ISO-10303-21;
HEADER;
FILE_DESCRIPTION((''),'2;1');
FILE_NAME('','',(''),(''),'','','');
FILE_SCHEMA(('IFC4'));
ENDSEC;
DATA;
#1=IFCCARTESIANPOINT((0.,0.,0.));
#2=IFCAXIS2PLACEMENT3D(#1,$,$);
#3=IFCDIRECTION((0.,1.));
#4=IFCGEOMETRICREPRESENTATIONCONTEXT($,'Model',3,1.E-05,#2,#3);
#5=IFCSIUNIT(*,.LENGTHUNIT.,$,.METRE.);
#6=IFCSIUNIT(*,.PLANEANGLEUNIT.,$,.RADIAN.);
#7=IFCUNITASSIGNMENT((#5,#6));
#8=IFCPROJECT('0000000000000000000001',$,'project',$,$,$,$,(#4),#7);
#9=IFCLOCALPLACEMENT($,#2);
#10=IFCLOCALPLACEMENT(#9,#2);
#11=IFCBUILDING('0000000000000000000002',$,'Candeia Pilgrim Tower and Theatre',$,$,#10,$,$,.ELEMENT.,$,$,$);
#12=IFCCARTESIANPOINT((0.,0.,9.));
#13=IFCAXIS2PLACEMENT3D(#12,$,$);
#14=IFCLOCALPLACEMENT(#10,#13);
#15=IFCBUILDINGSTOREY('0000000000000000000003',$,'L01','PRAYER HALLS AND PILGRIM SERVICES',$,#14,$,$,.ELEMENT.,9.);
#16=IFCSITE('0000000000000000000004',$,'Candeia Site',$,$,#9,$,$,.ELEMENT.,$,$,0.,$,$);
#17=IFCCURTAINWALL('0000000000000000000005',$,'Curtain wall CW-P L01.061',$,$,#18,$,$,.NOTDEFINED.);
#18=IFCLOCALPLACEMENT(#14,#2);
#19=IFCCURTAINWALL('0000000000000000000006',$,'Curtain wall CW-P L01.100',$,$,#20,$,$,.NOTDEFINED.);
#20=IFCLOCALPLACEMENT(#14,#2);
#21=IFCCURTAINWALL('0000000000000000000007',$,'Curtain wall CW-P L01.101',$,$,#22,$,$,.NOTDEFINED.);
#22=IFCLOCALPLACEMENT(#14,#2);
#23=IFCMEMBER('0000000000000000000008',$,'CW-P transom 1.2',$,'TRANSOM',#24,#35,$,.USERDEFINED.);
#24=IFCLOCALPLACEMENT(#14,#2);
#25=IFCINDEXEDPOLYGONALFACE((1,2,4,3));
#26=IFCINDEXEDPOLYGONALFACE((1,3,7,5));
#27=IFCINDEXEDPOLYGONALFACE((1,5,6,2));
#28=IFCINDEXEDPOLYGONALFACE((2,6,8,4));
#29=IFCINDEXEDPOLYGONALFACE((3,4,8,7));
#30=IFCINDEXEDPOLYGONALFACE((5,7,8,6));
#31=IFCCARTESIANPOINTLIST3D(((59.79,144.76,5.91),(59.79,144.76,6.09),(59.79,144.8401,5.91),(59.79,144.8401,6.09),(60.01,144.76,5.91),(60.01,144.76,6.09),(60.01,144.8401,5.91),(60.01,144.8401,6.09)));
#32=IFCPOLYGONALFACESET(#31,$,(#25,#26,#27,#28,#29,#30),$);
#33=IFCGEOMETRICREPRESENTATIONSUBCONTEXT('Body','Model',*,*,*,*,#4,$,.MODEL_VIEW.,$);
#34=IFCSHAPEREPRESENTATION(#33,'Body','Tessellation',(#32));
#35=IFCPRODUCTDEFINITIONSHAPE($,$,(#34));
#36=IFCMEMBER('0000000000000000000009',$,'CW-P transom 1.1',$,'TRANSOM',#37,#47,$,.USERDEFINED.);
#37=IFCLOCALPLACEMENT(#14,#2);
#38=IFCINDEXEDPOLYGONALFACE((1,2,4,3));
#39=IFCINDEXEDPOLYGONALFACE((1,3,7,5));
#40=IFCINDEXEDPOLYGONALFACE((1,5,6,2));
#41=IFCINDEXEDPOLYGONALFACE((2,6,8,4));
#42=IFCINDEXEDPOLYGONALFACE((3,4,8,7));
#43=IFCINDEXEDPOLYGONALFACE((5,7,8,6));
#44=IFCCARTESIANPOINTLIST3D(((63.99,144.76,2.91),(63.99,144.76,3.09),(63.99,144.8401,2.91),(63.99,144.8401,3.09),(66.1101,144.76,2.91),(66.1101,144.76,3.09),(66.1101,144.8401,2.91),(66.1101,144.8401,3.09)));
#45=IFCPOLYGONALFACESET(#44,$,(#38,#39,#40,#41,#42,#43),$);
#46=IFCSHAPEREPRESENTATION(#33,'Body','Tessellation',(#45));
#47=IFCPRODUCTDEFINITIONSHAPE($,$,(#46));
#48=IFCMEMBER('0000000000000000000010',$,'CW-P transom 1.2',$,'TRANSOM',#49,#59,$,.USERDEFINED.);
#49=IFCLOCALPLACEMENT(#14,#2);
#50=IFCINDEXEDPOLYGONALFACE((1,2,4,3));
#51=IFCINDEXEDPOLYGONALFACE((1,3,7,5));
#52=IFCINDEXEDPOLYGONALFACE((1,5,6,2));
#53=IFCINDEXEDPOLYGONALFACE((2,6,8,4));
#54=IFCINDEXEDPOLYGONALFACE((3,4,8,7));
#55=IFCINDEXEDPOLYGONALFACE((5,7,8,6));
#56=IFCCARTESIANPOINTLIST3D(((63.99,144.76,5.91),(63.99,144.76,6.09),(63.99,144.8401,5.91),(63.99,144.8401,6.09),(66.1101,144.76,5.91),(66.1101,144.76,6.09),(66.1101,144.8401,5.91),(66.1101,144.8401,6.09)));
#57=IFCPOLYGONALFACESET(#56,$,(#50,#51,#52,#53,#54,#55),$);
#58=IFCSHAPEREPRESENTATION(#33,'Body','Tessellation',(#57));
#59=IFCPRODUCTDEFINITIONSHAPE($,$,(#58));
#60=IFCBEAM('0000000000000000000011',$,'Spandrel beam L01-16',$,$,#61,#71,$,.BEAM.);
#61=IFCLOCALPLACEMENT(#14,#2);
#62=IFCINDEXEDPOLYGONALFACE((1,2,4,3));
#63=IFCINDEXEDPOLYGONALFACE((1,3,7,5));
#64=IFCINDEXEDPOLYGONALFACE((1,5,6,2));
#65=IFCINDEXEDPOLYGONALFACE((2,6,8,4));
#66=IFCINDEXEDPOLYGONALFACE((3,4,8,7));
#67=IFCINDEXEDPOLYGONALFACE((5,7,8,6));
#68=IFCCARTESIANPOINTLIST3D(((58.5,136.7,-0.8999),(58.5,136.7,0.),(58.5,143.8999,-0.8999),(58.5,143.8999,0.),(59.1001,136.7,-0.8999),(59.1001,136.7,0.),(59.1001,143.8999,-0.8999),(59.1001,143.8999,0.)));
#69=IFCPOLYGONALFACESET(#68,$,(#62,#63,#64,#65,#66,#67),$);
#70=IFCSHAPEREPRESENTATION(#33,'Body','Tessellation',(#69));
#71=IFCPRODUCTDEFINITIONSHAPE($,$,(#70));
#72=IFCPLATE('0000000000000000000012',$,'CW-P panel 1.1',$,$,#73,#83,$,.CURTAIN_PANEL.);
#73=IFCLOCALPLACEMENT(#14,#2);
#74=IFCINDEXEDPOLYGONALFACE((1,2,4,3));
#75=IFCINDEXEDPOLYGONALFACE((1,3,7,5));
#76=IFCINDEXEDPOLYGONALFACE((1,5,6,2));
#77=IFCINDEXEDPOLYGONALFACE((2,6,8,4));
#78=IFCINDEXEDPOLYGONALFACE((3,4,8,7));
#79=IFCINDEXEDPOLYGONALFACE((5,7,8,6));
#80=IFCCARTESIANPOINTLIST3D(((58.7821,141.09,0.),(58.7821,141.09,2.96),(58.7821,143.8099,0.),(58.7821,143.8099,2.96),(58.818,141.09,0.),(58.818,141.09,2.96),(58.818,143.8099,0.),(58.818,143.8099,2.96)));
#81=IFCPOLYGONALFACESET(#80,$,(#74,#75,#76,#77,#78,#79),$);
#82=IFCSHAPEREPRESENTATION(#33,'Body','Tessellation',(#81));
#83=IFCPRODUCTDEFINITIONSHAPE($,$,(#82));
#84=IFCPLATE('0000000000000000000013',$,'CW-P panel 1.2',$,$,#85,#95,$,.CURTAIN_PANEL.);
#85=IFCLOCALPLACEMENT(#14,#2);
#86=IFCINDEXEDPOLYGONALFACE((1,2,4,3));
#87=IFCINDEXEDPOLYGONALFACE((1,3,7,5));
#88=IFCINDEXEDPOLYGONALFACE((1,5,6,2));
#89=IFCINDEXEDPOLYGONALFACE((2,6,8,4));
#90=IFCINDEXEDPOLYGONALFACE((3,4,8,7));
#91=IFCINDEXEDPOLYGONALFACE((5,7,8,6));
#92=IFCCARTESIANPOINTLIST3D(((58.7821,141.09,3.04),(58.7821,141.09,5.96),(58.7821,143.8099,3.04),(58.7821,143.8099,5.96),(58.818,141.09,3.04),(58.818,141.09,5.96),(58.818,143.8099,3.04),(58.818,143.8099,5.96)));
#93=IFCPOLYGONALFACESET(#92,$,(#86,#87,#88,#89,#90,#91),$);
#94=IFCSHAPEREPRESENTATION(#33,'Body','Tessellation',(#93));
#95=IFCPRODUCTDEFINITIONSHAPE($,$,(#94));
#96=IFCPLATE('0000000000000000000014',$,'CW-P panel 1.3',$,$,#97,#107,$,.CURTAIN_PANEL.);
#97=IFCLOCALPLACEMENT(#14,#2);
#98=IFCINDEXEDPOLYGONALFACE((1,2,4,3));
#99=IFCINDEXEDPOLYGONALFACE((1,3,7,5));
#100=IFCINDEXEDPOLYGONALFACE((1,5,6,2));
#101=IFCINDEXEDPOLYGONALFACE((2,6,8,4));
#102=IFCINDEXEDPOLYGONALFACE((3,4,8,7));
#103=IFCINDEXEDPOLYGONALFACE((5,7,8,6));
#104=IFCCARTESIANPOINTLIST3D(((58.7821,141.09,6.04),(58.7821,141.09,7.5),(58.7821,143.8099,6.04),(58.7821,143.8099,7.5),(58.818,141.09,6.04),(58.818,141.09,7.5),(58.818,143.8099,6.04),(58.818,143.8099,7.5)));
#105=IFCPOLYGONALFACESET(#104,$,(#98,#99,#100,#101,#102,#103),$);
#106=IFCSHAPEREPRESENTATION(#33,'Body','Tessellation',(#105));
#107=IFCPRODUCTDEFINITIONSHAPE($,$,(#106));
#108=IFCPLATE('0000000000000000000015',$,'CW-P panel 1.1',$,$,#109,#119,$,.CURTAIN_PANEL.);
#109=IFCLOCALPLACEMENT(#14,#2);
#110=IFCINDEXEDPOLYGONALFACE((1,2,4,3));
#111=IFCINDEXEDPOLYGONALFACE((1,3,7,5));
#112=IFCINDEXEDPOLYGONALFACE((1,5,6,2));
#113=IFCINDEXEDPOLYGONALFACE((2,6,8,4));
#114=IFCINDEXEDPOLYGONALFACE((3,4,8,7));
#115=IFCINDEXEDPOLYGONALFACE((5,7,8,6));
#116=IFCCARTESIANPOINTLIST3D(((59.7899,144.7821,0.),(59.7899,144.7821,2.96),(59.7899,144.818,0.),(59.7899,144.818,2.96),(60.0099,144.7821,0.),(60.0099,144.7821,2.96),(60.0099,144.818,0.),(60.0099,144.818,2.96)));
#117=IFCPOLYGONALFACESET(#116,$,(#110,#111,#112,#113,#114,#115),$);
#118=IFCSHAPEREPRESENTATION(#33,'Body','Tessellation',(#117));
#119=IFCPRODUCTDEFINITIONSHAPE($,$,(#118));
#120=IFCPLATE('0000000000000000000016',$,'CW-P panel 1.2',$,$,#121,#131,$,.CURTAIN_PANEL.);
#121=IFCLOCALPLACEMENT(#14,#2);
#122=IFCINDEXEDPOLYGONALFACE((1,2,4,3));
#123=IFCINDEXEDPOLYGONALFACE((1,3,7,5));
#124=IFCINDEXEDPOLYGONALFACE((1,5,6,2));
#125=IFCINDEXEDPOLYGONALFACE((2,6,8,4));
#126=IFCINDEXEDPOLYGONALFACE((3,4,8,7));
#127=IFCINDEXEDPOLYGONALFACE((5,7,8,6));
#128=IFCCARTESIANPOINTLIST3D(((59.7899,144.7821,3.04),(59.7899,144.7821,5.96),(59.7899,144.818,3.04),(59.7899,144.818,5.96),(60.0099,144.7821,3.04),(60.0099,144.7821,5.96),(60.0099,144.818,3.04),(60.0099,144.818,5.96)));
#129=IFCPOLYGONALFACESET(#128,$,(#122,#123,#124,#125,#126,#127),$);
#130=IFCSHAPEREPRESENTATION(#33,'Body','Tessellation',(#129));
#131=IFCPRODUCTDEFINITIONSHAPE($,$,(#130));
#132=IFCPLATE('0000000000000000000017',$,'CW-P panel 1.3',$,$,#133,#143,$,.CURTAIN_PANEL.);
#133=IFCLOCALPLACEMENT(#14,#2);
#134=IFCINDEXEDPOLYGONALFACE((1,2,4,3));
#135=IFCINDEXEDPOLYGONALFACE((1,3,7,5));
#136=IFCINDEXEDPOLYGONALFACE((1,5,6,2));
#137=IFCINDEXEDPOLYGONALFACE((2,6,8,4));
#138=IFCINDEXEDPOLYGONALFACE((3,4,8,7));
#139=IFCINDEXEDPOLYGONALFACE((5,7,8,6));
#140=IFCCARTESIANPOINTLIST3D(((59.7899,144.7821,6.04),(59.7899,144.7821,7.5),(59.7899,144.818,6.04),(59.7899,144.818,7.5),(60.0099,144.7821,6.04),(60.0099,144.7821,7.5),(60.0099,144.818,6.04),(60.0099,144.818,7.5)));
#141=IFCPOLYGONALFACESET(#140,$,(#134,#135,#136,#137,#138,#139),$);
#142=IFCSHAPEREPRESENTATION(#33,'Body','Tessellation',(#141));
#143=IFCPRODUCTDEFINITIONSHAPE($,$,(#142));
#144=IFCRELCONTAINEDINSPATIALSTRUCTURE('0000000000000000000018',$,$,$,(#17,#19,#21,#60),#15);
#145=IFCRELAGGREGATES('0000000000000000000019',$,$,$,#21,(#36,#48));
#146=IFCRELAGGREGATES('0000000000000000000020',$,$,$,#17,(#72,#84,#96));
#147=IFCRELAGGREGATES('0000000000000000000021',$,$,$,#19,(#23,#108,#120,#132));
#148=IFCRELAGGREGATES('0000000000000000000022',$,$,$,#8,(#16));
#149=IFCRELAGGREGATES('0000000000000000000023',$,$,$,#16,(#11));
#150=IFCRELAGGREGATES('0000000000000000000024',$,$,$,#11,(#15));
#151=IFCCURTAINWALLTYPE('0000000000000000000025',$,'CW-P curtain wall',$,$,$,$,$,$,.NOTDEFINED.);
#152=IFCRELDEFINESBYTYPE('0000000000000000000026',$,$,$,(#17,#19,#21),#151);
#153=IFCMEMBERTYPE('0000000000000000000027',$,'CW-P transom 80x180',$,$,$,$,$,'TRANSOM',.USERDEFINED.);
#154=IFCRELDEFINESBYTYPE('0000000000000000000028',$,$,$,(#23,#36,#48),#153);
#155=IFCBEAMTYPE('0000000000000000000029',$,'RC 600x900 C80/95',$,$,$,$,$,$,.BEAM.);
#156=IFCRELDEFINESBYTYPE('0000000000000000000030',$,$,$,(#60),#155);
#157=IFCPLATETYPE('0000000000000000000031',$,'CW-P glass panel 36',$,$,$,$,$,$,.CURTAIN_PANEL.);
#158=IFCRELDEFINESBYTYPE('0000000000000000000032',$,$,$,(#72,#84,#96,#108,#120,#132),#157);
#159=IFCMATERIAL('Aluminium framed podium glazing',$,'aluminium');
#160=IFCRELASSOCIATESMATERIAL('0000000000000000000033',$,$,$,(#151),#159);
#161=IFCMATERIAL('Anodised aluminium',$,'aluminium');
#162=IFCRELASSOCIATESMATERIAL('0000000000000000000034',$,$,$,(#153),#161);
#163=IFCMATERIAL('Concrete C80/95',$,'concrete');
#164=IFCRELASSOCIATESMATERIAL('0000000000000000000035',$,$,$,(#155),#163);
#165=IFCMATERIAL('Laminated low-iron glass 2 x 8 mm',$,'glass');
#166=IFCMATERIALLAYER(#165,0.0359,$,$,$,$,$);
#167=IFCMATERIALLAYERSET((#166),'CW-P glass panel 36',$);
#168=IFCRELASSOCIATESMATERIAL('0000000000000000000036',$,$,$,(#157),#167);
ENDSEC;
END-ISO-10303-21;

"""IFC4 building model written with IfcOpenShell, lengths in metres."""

from ifc_helpers import new_model, si_unit, direction, frame, origin, origin_2d, place, context, subcontext, project, spatial, rectangle, extrude, material, layer, layer_set, material_profile, profile_set, type_object, element, aggregate, save


model = new_model("IFC4")

# Units and contexts
model_context = context("Model", 3, precision=1e-05, world=origin(), true_north=direction((0.0, 1.0)))
body_context = subcontext(model_context, "Body", "Model", "MODEL_VIEW")
ifc_project = project(units=[si_unit("LENGTHUNIT", "METRE"), si_unit("PLANEANGLEUNIT", "RADIAN")], contexts=[model_context])

# Site, building, storey
site_placement = place(None, origin())
site = spatial("IfcSite", under=ifc_project, at=site_placement, Name="Candeia Site", CompositionType="ELEMENT", RefElevation=0.0)
building_placement = place(site_placement, origin())
building = spatial("IfcBuilding", under=site, at=building_placement, Name="Candeia Pilgrim Tower and Theatre", CompositionType="ELEMENT")
storey_placement = place(building_placement, frame((0.0, 0.0, 9.0)))
storey = spatial("IfcBuildingStorey", under=building, at=storey_placement, Name="L01", Description="PRAYER HALLS AND PILGRIM SERVICES", CompositionType="ELEMENT", Elevation=9.0)

# Shared definitions
ifc_material_1 = material(Name="Concrete C80/95", Category="concrete")

# Curtain wall
ifc_material_2 = material(Name="Aluminium framed podium glazing", Category="aluminium")
curtain_wall_type = type_object("IfcCurtainWallType", Name="CW-P curtain wall", PredefinedType="NOTDEFINED", material=ifc_material_2)
curtain_wall_1_placement = place(storey_placement, origin())
curtain_wall_1 = element("IfcCurtainWall", 1, at=curtain_wall_1_placement, inside=storey, type_object=curtain_wall_type, Name="Curtain wall CW-P L01.061", PredefinedType="NOTDEFINED")
ifc_material_3 = material(Name="Anodised aluminium", Category="aluminium")

# Curtain wall
curtain_wall_2_placement = place(storey_placement, origin())
curtain_wall_2 = element("IfcCurtainWall", 2, at=curtain_wall_2_placement, inside=storey, type_object=curtain_wall_type, Name="Curtain wall CW-P L01.100", PredefinedType="NOTDEFINED")

# Curtain wall
curtain_wall_3_placement = place(storey_placement, origin())
curtain_wall_3 = element("IfcCurtainWall", 3, at=curtain_wall_3_placement, inside=storey, type_object=curtain_wall_type, Name="Curtain wall CW-P L01.101", PredefinedType="NOTDEFINED")

# Members
ifc_material_profile_1 = material_profile(ifc_material_3, rectangle(XDim=0.0801, YDim=0.1799, at=origin_2d()))
ifc_profile_set_1 = profile_set([ifc_material_profile_1], Name="Anodised aluminium")
member_type_1 = type_object("IfcMemberType", Name="CW-P transom 80x180", ElementType="TRANSOM", PredefinedType="USERDEFINED", material=ifc_profile_set_1)
member_1_placement = place(storey_placement, frame((59.79, 144.8, 6.0), z_axis=(1.0, 0.0, 0.0), x_axis=(0.0, 1.0, 0.0)))
member_1 = element("IfcMember", 4, at=member_1_placement, type_object=member_type_1, Name="CW-P transom 1.2", ObjectType="TRANSOM", PredefinedType="USERDEFINED", context=body_context, shape_type="SweptSolid", body=[
    extrude(rectangle(XDim=0.0801, YDim=0.1799, at=origin_2d()), origin(), (0.0, 0.0, 1.0), 0.22),
])
member_2_placement = place(storey_placement, frame((63.99, 144.8, 3.0), z_axis=(1.0, 0.0, 0.0), x_axis=(0.0, 1.0, 0.0)))
member_2 = element("IfcMember", 5, at=member_2_placement, type_object=member_type_1, Name="CW-P transom 1.1", ObjectType="TRANSOM", PredefinedType="USERDEFINED", context=body_context, shape_type="SweptSolid", body=[
    extrude(rectangle(XDim=0.0801, YDim=0.1799, at=origin_2d()), origin(), (0.0, 0.0, 1.0), 2.1201),
])
member_3_placement = place(storey_placement, frame((63.99, 144.8, 6.0), z_axis=(1.0, 0.0, 0.0), x_axis=(0.0, 1.0, 0.0)))
member_3 = element("IfcMember", 6, at=member_3_placement, type_object=member_type_1, Name="CW-P transom 1.2", ObjectType="TRANSOM", PredefinedType="USERDEFINED", context=body_context, shape_type="SweptSolid", body=[
    extrude(rectangle(XDim=0.0801, YDim=0.1799, at=origin_2d()), origin(), (0.0, 0.0, 1.0), 2.1201),
])
aggregate(curtain_wall_3, [member_2, member_3])

# Beam
ifc_material_profile_2 = material_profile(ifc_material_1, rectangle(XDim=0.6001, YDim=0.8999, at=origin_2d()))
ifc_profile_set_2 = profile_set([ifc_material_profile_2], Name="Concrete C80/95")
beam_type = type_object("IfcBeamType", Name="RC 600x900 C80/95", PredefinedType="BEAM", material=ifc_profile_set_2)
beam_placement = place(storey_placement, frame((58.8, 143.8999, -0.45), z_axis=(0.0, -1.0, 0.0), x_axis=(1.0, 0.0, 0.0)))
element("IfcBeam", 7, at=beam_placement, inside=storey, type_object=beam_type, Name="Spandrel beam L01-16", PredefinedType="BEAM", context=body_context, shape_type="SweptSolid", body=[
    extrude(rectangle(XDim=0.6001, YDim=0.8999, at=origin_2d()), origin(), (0.0, 0.0, 1.0), 7.2),
])

# Plates
ifc_material_4 = material(Name="Laminated low-iron glass 2 x 8 mm", Category="glass")
ifc_layer_1 = layer(ifc_material_4, 0.0359)
ifc_layer_set_1 = layer_set([ifc_layer_1], Name="CW-P glass panel 36")
plate_type = type_object("IfcPlateType", Name="CW-P glass panel 36", PredefinedType="CURTAIN_PANEL", material=ifc_layer_set_1)
plate_1_placement = place(storey_placement, frame((58.8, 142.45, 0.0), z_axis=(0.0, 0.0, 1.0), x_axis=(0.0, 1.0, 0.0)))
plate_1 = element("IfcPlate", 8, at=plate_1_placement, type_object=plate_type, Name="CW-P panel 1.1", PredefinedType="CURTAIN_PANEL", context=body_context, shape_type="SweptSolid", body=[
    extrude(rectangle(XDim=2.72, YDim=0.0359, at=origin_2d()), origin(), (0.0, 0.0, 1.0), 2.96),
])
plate_2_placement = place(storey_placement, frame((58.8, 142.45, 3.04), z_axis=(0.0, 0.0, 1.0), x_axis=(0.0, 1.0, 0.0)))
plate_2 = element("IfcPlate", 9, at=plate_2_placement, type_object=plate_type, Name="CW-P panel 1.2", PredefinedType="CURTAIN_PANEL", context=body_context, shape_type="SweptSolid", body=[
    extrude(rectangle(XDim=2.72, YDim=0.0359, at=origin_2d()), origin(), (0.0, 0.0, 1.0), 2.9199),
])
plate_3_placement = place(storey_placement, frame((58.8, 142.45, 6.04), z_axis=(0.0, 0.0, 1.0), x_axis=(0.0, 1.0, 0.0)))
plate_3 = element("IfcPlate", 10, at=plate_3_placement, type_object=plate_type, Name="CW-P panel 1.3", PredefinedType="CURTAIN_PANEL", context=body_context, shape_type="SweptSolid", body=[
    extrude(rectangle(XDim=2.72, YDim=0.0359, at=origin_2d()), origin(), (0.0, 0.0, 1.0), 1.46),
])
aggregate(curtain_wall_1, [plate_1, plate_2, plate_3])
plate_4_placement = place(storey_placement, frame((59.8999, 144.8, 0.0), z_axis=(0.0, 0.0, 1.0), x_axis=(1.0, 0.0, 0.0)))
plate_4 = element("IfcPlate", 11, at=plate_4_placement, type_object=plate_type, Name="CW-P panel 1.1", PredefinedType="CURTAIN_PANEL", context=body_context, shape_type="SweptSolid", body=[
    extrude(rectangle(XDim=0.22, YDim=0.0359, at=origin_2d()), origin(), (0.0, 0.0, 1.0), 2.96),
])
plate_5_placement = place(storey_placement, frame((59.8999, 144.8, 3.04), z_axis=(0.0, 0.0, 1.0), x_axis=(1.0, 0.0, 0.0)))
plate_5 = element("IfcPlate", 12, at=plate_5_placement, type_object=plate_type, Name="CW-P panel 1.2", PredefinedType="CURTAIN_PANEL", context=body_context, shape_type="SweptSolid", body=[
    extrude(rectangle(XDim=0.22, YDim=0.0359, at=origin_2d()), origin(), (0.0, 0.0, 1.0), 2.9199),
])
plate_6_placement = place(storey_placement, frame((59.8999, 144.8, 6.04), z_axis=(0.0, 0.0, 1.0), x_axis=(1.0, 0.0, 0.0)))
plate_6 = element("IfcPlate", 13, at=plate_6_placement, type_object=plate_type, Name="CW-P panel 1.3", PredefinedType="CURTAIN_PANEL", context=body_context, shape_type="SweptSolid", body=[
    extrude(rectangle(XDim=0.22, YDim=0.0359, at=origin_2d()), origin(), (0.0, 0.0, 1.0), 1.46),
])
aggregate(curtain_wall_2, [member_1, plate_4, plate_5, plate_6])

save(model, "model.ifc")
